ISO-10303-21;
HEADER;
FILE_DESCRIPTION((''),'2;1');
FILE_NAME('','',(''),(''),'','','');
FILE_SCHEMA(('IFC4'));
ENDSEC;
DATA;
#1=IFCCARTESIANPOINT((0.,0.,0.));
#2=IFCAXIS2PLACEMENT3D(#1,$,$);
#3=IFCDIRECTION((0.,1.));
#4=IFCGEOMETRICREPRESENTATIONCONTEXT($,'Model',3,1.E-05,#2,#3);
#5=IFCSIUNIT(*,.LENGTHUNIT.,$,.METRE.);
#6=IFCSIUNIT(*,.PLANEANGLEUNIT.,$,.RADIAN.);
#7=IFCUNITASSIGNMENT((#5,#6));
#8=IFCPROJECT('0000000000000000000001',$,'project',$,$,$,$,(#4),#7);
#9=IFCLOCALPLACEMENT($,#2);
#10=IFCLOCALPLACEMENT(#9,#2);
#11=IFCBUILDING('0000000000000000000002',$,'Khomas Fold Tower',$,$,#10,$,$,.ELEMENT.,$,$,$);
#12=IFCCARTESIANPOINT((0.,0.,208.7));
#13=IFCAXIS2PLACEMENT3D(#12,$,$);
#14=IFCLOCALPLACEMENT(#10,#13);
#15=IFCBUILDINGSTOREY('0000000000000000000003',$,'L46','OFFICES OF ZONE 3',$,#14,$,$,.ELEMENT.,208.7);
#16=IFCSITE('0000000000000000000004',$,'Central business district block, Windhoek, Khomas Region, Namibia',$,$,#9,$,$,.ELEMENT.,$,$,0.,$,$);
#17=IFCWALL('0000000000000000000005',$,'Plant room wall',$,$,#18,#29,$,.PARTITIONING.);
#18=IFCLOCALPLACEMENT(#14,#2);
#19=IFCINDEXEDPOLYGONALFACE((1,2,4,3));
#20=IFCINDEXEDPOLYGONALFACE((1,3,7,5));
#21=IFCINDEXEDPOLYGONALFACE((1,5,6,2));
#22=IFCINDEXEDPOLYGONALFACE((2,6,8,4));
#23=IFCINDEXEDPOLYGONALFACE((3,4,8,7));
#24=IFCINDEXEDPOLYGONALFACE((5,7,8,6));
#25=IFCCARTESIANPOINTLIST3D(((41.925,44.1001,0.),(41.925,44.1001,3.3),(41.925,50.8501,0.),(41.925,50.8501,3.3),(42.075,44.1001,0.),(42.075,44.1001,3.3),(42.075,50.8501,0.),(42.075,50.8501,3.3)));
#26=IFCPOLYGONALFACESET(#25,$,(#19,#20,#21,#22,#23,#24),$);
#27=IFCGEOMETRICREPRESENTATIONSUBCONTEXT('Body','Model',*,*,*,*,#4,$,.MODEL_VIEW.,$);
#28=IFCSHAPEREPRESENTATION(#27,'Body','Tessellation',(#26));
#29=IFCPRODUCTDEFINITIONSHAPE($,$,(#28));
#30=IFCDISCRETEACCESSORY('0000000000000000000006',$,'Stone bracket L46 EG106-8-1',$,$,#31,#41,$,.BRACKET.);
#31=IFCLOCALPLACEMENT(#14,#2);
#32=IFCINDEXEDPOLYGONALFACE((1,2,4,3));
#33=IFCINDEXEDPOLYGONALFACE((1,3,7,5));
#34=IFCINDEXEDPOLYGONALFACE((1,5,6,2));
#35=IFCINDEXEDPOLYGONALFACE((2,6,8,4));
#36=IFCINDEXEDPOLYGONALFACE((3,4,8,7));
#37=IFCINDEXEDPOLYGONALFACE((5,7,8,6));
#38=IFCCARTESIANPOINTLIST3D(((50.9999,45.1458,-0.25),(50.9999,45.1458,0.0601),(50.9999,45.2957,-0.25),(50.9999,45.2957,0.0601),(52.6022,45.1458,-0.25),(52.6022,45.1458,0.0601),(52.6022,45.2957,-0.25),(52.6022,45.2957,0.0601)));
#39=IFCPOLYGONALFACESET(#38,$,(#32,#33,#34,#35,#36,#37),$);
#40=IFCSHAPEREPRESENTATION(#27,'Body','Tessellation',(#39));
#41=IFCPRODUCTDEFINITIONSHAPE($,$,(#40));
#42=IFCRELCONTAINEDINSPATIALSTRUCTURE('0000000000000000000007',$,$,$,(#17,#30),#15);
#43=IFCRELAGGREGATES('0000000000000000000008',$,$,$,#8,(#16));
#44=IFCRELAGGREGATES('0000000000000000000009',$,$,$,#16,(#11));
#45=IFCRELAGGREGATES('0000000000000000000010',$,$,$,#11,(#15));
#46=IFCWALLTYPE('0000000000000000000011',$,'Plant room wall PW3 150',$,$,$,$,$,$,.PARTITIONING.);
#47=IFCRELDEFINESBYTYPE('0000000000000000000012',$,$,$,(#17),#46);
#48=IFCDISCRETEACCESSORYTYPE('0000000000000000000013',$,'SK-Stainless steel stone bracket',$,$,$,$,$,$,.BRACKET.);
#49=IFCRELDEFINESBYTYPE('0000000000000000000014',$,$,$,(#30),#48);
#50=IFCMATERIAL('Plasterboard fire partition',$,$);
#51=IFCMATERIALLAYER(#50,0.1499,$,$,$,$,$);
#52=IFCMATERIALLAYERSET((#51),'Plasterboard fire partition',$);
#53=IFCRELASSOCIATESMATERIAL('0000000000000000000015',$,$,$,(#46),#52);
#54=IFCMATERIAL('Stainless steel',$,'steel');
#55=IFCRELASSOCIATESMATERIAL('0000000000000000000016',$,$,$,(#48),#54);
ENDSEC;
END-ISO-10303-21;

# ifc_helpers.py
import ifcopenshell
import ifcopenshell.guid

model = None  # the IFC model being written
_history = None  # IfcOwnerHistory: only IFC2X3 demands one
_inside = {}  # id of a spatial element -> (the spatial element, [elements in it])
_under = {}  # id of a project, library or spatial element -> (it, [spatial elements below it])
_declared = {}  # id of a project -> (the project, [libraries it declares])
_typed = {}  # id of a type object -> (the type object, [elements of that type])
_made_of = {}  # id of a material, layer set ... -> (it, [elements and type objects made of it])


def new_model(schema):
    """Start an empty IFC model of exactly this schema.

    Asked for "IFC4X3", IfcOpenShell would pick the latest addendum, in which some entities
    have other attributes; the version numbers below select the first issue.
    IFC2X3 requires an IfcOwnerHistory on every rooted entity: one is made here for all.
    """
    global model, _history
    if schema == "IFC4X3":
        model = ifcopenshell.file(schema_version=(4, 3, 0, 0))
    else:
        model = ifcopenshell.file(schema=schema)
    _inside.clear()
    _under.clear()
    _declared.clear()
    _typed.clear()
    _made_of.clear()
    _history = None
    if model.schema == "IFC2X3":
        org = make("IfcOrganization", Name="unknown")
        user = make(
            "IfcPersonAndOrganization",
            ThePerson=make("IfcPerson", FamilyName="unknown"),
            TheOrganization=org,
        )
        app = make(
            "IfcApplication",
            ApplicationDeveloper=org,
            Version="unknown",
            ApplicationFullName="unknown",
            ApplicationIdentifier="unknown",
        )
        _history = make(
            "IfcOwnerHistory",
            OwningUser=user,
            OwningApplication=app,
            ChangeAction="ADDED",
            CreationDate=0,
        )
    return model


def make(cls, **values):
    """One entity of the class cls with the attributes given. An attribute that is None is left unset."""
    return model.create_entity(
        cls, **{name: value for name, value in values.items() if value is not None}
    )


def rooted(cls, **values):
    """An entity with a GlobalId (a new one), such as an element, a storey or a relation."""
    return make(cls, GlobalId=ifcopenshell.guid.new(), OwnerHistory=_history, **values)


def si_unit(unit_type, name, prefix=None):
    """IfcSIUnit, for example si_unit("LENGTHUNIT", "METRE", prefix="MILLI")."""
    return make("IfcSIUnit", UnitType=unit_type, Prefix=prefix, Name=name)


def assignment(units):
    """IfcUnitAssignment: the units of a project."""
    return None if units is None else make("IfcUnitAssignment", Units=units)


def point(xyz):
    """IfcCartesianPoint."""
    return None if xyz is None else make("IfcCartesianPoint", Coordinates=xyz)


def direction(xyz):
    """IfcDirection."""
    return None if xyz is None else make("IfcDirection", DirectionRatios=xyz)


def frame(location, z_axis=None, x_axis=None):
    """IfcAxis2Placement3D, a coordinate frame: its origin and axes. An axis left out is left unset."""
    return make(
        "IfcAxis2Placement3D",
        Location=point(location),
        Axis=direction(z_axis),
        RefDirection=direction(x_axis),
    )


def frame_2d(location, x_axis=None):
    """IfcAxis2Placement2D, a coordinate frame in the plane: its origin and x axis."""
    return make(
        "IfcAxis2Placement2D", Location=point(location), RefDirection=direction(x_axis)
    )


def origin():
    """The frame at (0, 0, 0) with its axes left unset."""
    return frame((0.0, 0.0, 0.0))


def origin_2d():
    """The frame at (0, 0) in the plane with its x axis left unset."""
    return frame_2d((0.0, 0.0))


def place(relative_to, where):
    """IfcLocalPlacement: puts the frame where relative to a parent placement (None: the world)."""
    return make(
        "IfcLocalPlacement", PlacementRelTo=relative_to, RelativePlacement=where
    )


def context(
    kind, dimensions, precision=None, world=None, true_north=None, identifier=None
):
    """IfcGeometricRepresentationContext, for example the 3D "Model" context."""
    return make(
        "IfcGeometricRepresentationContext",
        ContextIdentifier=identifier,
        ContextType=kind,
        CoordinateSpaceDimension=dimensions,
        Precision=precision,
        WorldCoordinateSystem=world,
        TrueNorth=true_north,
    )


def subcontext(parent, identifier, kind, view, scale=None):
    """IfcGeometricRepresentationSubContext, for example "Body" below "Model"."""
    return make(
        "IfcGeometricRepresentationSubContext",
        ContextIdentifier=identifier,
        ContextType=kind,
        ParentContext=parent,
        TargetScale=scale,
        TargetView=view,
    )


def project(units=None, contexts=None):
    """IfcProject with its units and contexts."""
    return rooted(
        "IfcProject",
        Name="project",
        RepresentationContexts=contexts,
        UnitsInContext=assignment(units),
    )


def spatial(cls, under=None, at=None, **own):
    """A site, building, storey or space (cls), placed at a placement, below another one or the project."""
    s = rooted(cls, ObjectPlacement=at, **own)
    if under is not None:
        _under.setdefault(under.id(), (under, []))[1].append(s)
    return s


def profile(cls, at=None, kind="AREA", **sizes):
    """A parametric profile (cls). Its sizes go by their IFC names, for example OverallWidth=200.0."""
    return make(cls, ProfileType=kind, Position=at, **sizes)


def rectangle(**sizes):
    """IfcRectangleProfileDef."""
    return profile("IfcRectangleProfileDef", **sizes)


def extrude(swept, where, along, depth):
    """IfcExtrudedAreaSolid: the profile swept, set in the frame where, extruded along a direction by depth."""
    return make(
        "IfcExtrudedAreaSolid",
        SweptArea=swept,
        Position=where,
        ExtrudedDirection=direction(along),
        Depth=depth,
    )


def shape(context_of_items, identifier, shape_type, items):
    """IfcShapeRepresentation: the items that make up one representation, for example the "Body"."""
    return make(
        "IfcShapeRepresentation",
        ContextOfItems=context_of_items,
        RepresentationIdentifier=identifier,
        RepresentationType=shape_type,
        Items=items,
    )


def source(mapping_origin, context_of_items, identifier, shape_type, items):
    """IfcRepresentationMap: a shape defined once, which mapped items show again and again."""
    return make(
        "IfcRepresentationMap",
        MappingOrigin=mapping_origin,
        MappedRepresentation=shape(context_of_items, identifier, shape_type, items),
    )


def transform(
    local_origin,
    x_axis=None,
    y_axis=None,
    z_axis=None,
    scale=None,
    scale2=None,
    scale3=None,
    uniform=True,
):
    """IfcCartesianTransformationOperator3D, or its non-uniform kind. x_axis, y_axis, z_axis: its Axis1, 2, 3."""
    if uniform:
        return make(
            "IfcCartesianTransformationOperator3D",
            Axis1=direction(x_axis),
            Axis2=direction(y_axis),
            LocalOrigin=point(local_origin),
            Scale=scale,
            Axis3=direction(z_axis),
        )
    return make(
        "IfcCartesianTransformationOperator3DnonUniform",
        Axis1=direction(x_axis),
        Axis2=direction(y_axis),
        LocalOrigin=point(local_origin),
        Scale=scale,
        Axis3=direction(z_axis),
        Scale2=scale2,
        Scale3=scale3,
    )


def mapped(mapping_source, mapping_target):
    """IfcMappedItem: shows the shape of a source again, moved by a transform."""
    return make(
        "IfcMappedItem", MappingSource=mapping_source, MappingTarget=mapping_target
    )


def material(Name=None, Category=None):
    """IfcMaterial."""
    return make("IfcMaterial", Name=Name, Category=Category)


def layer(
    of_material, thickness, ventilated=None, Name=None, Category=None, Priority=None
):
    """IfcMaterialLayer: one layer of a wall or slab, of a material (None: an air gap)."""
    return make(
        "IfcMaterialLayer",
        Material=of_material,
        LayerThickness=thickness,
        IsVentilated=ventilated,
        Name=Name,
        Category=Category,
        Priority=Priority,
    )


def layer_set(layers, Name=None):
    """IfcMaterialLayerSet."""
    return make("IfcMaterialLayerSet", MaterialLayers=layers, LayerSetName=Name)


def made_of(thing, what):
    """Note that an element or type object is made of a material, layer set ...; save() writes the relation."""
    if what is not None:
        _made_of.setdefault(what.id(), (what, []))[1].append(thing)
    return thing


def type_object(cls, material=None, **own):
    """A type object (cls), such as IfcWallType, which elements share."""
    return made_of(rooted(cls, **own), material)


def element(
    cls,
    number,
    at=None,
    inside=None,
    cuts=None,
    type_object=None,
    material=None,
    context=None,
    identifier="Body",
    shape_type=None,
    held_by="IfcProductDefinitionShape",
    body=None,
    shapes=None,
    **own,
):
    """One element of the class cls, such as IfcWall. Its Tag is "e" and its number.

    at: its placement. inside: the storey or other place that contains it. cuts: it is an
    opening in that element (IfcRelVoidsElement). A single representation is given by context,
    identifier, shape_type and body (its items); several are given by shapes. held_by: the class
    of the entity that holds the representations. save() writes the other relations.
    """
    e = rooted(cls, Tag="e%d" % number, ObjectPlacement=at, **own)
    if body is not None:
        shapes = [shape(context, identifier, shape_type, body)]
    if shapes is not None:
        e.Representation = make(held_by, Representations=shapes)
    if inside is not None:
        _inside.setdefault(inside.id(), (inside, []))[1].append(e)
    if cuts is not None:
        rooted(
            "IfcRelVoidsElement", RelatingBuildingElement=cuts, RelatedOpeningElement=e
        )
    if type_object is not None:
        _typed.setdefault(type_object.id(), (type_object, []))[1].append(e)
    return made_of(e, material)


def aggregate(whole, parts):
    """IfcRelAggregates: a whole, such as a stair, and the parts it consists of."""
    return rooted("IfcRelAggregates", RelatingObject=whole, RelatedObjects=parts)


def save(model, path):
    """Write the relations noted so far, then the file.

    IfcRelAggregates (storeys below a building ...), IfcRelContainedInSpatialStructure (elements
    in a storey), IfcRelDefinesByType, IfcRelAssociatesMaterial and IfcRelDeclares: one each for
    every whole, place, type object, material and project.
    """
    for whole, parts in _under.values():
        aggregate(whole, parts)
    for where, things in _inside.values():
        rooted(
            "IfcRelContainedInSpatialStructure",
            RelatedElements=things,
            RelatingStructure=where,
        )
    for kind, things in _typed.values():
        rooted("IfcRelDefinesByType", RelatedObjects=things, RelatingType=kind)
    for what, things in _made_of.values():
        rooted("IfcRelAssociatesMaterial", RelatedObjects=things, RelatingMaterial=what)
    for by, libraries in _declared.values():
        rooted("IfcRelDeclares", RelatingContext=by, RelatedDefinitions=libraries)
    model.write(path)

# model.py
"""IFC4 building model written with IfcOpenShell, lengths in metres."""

from ifc_helpers import new_model, si_unit, direction, frame, frame_2d, origin, origin_2d, place, context, subcontext, project, spatial, rectangle, extrude, source, transform, mapped, material, layer, layer_set, type_object, element, save


model = new_model("IFC4")

# Units and contexts
model_context = context("Model", 3, precision=1e-05, world=origin(), true_north=direction((0.0, 1.0)))
body_context = subcontext(model_context, "Body", "Model", "MODEL_VIEW")
ifc_project = project(units=[si_unit("LENGTHUNIT", "METRE"), si_unit("PLANEANGLEUNIT", "RADIAN")], contexts=[model_context])

# Site, building, storey
site_placement = place(None, origin())
site = spatial("IfcSite", under=ifc_project, at=site_placement, Name="Central business district block, Windhoek, Khomas Region, Namibia", CompositionType="ELEMENT", RefElevation=0.0)
building_placement = place(site_placement, origin())
building = spatial("IfcBuilding", under=site, at=building_placement, Name="Khomas Fold Tower", CompositionType="ELEMENT")
storey_placement = place(building_placement, frame((0.0, 0.0, 208.7)))
storey = spatial("IfcBuildingStorey", under=building, at=storey_placement, Name="L46", Description="OFFICES OF ZONE 3", CompositionType="ELEMENT", Elevation=208.7)

# Wall
ifc_material_1 = material(Name="Plasterboard fire partition")
ifc_layer_1 = layer(ifc_material_1, 0.1499)
ifc_layer_set_1 = layer_set([ifc_layer_1], Name="Plasterboard fire partition")
wall_type = type_object("IfcWallType", Name="Plant room wall PW3 150", PredefinedType="PARTITIONING", material=ifc_layer_set_1)
shared_shape_1 = source(origin(), body_context, "Body", "SweptSolid", [
    extrude(rectangle(XDim=6.75, YDim=0.1499, at=frame_2d((3.375, 0.0))), origin(), (0.0, 0.0, 1.0), 3.3),
])
wall_placement = place(storey_placement, frame((42.0, 44.1001, 0.0), z_axis=(0.0, 0.0, 1.0), x_axis=(0.0, 1.0, 0.0)))
element("IfcWall", 1, at=wall_placement, inside=storey, type_object=wall_type, Name="Plant room wall", PredefinedType="PARTITIONING", context=body_context, shape_type="MappedRepresentation", body=[
    mapped(shared_shape_1, transform((0.0, 0.0, 0.0))),
])

# Discrete accessory
ifc_material_2 = material(Name="Stainless steel", Category="steel")
discrete_accessory_type = type_object("IfcDiscreteAccessoryType", Name="SK-Stainless steel stone bracket", PredefinedType="BRACKET", material=ifc_material_2)
shared_shape_2 = source(origin(), body_context, "Body", "SweptSolid", [
    extrude(rectangle(XDim=1.6023, YDim=0.1499, at=origin_2d()), origin(), (0.0, 0.0, 1.0), 0.3101),
])
discrete_accessory_placement = place(storey_placement, frame((51.801, 45.2207, -0.25), z_axis=(0.0, 0.0, 1.0), x_axis=(1.0, 0.0, 0.0)))
element("IfcDiscreteAccessory", 2, at=discrete_accessory_placement, inside=storey, type_object=discrete_accessory_type, Name="Stone bracket L46 EG106-8-1", PredefinedType="BRACKET", context=body_context, shape_type="MappedRepresentation", body=[
    mapped(shared_shape_2, transform((0.0, 0.0, 0.0))),
])

save(model, "model.ifc")
